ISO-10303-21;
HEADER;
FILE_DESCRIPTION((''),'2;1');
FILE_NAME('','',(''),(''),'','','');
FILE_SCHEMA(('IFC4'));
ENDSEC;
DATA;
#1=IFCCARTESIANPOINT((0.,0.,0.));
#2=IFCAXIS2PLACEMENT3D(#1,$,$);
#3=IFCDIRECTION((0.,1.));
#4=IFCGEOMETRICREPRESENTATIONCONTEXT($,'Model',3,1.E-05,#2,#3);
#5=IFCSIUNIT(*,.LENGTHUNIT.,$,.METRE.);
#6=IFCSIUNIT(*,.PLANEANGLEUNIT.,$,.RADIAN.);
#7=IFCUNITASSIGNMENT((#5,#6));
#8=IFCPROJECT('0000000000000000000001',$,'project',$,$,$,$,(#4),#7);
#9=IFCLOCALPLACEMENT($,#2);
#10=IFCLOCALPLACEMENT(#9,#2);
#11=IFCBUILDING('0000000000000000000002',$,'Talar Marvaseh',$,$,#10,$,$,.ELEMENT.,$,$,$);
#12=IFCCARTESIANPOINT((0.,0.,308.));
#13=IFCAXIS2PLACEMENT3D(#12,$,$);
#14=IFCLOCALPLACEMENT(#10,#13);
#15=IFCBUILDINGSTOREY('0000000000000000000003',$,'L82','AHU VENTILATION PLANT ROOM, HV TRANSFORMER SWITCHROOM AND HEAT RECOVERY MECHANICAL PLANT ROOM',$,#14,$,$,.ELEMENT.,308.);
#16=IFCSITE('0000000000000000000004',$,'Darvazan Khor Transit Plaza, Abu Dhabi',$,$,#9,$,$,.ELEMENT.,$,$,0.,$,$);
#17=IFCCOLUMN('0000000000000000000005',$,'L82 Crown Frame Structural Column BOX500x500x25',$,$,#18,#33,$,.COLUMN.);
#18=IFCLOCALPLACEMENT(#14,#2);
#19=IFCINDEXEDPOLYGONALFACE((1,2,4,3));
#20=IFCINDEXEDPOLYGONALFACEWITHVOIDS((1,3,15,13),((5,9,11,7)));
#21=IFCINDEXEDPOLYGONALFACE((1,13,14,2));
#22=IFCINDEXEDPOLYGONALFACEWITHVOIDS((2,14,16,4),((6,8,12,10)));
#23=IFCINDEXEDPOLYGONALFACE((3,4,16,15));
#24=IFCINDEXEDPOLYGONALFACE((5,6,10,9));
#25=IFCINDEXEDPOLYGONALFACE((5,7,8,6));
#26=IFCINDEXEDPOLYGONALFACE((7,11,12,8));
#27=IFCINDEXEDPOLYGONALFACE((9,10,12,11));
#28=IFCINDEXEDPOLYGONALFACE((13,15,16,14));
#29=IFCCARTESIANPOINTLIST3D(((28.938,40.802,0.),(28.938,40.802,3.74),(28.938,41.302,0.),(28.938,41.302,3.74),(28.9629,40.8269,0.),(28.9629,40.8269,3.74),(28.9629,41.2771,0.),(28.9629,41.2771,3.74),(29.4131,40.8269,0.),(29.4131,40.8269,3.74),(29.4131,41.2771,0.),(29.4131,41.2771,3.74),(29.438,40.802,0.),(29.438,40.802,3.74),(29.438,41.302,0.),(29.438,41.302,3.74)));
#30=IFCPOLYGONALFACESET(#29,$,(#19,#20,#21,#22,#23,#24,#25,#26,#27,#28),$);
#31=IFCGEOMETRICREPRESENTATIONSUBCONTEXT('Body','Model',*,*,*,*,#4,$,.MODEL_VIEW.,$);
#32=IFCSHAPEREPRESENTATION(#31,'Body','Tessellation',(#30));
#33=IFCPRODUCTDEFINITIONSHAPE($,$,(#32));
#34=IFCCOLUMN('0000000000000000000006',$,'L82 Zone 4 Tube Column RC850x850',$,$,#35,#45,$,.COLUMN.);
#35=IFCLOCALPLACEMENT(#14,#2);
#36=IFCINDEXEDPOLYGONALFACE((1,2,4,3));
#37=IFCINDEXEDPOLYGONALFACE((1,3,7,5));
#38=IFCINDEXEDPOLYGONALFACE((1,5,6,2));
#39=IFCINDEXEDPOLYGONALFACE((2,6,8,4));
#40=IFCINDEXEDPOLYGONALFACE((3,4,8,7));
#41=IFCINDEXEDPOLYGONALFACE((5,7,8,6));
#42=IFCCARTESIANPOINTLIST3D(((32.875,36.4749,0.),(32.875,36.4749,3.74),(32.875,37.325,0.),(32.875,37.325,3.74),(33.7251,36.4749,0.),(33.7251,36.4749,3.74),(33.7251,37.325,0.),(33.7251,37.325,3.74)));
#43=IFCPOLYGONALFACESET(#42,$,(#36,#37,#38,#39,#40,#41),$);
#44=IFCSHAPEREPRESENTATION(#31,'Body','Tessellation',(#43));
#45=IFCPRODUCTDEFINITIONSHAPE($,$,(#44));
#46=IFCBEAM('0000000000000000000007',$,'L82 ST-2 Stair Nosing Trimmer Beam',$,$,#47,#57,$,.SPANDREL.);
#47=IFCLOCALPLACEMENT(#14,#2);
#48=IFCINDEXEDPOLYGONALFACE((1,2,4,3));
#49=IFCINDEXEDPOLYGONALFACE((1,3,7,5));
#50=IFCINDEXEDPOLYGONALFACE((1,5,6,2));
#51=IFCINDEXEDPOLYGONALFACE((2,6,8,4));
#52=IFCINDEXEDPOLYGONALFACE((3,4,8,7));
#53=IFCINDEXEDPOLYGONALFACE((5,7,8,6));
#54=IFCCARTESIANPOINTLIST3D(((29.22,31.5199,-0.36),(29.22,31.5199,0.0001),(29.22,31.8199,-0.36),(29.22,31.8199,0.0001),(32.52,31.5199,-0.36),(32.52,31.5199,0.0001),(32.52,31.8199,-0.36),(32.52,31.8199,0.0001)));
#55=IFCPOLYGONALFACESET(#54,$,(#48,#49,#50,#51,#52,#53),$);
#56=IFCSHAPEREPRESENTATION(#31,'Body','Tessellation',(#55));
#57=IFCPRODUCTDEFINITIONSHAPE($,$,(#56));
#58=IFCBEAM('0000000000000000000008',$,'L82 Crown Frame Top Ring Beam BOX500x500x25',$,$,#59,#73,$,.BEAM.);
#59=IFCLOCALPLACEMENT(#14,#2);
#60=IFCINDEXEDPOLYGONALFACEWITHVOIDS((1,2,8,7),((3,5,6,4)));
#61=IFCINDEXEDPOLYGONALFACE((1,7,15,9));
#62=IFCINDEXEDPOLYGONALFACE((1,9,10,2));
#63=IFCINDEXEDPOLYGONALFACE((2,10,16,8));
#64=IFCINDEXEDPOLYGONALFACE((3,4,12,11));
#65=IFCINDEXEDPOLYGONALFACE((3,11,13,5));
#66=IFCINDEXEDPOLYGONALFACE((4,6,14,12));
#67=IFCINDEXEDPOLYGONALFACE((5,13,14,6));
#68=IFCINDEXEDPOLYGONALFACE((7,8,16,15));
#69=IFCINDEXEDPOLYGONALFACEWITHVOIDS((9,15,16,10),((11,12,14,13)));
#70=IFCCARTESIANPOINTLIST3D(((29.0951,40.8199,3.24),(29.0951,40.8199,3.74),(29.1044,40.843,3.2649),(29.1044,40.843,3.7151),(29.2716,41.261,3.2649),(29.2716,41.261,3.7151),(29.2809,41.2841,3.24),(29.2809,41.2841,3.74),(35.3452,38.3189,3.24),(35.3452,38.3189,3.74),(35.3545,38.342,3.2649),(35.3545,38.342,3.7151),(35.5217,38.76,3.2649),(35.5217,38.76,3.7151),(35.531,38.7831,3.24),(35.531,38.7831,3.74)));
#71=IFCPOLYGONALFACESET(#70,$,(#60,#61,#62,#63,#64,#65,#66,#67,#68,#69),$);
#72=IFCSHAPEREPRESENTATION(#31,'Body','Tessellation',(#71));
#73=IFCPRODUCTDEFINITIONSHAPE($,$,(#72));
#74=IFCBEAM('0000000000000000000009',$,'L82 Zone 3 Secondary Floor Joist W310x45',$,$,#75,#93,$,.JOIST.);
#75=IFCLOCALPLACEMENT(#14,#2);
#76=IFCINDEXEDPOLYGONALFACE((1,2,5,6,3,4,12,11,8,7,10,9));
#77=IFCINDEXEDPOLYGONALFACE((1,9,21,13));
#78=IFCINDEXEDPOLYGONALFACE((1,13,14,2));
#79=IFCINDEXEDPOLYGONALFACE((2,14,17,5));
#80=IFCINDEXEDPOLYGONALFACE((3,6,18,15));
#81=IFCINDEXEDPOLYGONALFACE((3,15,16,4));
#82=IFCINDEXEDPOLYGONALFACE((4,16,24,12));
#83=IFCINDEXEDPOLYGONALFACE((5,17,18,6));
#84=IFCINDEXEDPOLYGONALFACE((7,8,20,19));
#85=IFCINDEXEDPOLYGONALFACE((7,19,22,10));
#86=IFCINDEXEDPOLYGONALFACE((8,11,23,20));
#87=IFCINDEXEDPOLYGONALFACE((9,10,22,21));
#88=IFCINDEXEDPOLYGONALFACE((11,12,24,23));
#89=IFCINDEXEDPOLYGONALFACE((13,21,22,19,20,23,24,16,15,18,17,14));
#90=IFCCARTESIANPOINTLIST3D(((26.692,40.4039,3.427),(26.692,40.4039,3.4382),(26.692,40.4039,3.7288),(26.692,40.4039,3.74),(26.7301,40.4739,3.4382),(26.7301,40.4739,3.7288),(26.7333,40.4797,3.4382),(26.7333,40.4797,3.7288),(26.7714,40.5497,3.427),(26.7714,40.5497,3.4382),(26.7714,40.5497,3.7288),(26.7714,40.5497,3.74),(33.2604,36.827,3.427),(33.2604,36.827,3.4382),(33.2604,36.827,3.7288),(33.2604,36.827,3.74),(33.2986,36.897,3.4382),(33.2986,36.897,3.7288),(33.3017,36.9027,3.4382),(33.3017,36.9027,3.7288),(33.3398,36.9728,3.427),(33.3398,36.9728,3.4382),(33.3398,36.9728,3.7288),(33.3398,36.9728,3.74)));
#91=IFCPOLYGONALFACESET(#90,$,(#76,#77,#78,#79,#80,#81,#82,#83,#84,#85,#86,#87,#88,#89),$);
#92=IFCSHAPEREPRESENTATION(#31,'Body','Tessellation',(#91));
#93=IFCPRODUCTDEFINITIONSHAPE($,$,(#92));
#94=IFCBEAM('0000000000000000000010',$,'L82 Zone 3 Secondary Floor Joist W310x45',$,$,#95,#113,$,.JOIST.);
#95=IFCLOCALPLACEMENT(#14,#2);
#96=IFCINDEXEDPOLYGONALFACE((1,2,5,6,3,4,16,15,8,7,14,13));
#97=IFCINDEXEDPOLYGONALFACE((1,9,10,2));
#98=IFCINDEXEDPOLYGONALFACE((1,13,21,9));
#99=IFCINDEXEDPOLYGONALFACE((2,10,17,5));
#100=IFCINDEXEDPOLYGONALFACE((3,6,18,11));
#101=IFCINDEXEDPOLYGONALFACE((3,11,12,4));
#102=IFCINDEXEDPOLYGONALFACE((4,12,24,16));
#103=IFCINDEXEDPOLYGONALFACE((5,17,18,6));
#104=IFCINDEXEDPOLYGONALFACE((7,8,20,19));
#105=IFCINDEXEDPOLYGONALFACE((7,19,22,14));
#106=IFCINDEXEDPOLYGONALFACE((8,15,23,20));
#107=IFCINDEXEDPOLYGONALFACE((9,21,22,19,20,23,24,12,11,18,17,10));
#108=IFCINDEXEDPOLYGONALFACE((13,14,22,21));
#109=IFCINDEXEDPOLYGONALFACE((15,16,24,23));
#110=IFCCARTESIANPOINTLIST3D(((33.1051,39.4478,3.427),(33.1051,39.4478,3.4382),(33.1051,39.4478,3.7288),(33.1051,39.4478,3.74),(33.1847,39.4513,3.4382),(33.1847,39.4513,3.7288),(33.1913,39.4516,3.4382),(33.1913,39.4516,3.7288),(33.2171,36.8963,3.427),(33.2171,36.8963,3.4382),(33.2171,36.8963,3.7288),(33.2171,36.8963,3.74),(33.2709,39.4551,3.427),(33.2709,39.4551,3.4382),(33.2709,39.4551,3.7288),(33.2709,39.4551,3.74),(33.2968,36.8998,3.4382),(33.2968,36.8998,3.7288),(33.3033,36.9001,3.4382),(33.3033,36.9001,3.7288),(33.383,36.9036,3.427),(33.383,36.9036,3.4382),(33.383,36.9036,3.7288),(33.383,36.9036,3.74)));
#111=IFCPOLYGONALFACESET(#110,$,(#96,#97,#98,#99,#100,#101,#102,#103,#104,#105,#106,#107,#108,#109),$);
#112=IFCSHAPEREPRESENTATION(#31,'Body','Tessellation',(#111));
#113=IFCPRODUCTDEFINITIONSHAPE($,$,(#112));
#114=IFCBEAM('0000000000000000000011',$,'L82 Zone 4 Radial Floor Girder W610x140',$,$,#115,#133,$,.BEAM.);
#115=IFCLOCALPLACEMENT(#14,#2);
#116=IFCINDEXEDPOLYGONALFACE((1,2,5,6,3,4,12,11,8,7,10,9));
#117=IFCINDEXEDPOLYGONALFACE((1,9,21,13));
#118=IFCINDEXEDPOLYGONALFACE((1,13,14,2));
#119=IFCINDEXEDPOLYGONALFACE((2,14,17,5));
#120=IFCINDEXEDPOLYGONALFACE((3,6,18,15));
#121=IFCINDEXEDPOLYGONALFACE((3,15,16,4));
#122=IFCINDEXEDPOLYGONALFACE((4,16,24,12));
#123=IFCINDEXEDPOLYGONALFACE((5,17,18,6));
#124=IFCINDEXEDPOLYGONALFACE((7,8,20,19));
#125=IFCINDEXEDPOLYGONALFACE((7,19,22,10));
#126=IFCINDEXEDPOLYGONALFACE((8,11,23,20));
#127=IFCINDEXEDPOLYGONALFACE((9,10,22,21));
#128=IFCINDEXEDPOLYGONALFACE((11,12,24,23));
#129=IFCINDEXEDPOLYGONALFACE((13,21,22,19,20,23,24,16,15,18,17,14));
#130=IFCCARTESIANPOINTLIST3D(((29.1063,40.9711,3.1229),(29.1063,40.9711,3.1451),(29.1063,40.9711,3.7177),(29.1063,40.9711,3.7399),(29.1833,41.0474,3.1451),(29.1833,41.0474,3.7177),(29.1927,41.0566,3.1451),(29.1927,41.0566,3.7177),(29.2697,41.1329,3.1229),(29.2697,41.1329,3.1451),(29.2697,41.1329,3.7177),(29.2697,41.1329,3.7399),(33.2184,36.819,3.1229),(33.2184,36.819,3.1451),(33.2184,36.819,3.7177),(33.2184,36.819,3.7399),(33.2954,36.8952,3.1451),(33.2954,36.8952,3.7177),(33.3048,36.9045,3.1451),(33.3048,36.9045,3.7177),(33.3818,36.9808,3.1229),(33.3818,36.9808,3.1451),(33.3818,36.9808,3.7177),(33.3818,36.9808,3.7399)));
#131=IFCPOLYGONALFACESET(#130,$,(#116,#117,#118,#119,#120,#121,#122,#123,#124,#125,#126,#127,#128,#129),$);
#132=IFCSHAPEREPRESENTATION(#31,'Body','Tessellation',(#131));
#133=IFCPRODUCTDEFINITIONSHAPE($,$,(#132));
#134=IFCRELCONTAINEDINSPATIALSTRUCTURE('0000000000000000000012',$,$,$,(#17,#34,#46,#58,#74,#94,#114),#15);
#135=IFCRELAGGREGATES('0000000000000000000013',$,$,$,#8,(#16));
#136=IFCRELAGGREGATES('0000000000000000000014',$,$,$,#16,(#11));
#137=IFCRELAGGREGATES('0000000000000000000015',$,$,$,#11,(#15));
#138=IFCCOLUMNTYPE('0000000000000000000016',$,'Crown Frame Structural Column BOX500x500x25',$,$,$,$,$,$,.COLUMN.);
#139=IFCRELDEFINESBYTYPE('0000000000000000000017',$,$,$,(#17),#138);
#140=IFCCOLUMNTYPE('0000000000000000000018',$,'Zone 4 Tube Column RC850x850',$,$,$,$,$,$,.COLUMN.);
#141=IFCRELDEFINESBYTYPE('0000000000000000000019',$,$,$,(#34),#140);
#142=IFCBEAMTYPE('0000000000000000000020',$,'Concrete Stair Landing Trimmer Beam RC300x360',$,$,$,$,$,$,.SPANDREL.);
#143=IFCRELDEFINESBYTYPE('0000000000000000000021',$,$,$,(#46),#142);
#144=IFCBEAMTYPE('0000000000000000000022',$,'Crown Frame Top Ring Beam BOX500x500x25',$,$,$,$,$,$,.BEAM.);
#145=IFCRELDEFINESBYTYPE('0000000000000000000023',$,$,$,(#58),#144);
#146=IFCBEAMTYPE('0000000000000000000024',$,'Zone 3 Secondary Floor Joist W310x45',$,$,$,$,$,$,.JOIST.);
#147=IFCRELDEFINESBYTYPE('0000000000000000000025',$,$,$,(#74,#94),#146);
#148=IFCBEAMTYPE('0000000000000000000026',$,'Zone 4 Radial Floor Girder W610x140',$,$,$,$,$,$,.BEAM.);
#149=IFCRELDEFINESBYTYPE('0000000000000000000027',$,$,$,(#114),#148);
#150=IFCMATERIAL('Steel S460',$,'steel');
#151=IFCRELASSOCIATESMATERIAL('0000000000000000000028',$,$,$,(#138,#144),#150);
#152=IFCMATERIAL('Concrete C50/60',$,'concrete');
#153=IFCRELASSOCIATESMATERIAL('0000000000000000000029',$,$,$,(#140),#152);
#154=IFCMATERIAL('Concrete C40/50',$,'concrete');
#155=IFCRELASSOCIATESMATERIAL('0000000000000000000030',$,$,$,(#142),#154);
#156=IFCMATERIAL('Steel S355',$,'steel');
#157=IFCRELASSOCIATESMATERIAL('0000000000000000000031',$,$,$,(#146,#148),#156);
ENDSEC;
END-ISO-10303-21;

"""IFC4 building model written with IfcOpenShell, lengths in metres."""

from ifc_helpers import new_model, si_unit, direction, frame, origin, origin_2d, place, context, subcontext, project, spatial, rectangle, hollow_rectangle, i_section, extrude, material, material_profile, profile_set, type_object, element, save


model = new_model("IFC4")

# Units and contexts
model_context = context("Model", 3, precision=1e-05, world=origin(), true_north=direction((0.0, 1.0)))
body_context = subcontext(model_context, "Body", "Model", "MODEL_VIEW")
ifc_project = project(units=[si_unit("LENGTHUNIT", "METRE"), si_unit("PLANEANGLEUNIT", "RADIAN")], contexts=[model_context])

# Site, building, storey
site_placement = place(None, origin())
site = spatial("IfcSite", under=ifc_project, at=site_placement, Name="Darvazan Khor Transit Plaza, Abu Dhabi", CompositionType="ELEMENT", RefElevation=0.0)
building_placement = place(site_placement, origin())
building = spatial("IfcBuilding", under=site, at=building_placement, Name="Talar Marvaseh", CompositionType="ELEMENT")
storey_placement = place(building_placement, frame((0.0, 0.0, 308.0)))
storey = spatial("IfcBuildingStorey", under=building, at=storey_placement, Name="L82", Description="AHU VENTILATION PLANT ROOM, HV TRANSFORMER SWITCHROOM AND HEAT RECOVERY MECHANICAL PLANT ROOM", CompositionType="ELEMENT", Elevation=308.0)

# Columns
ifc_material_1 = material(Name="Steel S460", Category="steel")
ifc_material_profile_1 = material_profile(ifc_material_1, hollow_rectangle(XDim=0.5, YDim=0.5, WallThickness=0.0249, at=origin_2d()), Name="BOX500x500x25")
ifc_profile_set_1 = profile_set([ifc_material_profile_1], Name="Steel S460")
column_type_1 = type_object("IfcColumnType", Name="Crown Frame Structural Column BOX500x500x25", PredefinedType="COLUMN", material=ifc_profile_set_1)
column_1_placement = place(storey_placement, frame((29.188, 41.052, 0.0), z_axis=(0.0, 0.0, 1.0), x_axis=(1.0, 0.0, 0.0)))
element("IfcColumn", 1, at=column_1_placement, inside=storey, type_object=column_type_1, Name="L82 Crown Frame Structural Column BOX500x500x25", PredefinedType="COLUMN", context=body_context, shape_type="SweptSolid", body=[
    extrude(hollow_rectangle(XDim=0.5, YDim=0.5, WallThickness=0.0249, at=origin_2d()), origin(), (0.0, 0.0, 1.0), 3.74),
])
ifc_material_2 = material(Name="Concrete C50/60", Category="concrete")
ifc_material_profile_2 = material_profile(ifc_material_2, rectangle(XDim=0.8501, YDim=0.8501, at=origin_2d()), Name="RC850x850")
ifc_profile_set_2 = profile_set([ifc_material_profile_2], Name="Concrete C50/60")
column_type_2 = type_object("IfcColumnType", Name="Zone 4 Tube Column RC850x850", PredefinedType="COLUMN", material=ifc_profile_set_2)
column_2_placement = place(storey_placement, frame((33.3, 36.8999, 0.0), z_axis=(0.0, 0.0, 1.0), x_axis=(1.0, 0.0, 0.0)))
element("IfcColumn", 2, at=column_2_placement, inside=storey, type_object=column_type_2, Name="L82 Zone 4 Tube Column RC850x850", PredefinedType="COLUMN", context=body_context, shape_type="SweptSolid", body=[
    extrude(rectangle(XDim=0.8501, YDim=0.8501, at=origin_2d()), origin(), (0.0, 0.0, 1.0), 3.74),
])

# Beams
ifc_material_3 = material(Name="Concrete C40/50", Category="concrete")
ifc_material_profile_3 = material_profile(ifc_material_3, rectangle(XDim=0.3, YDim=0.3601, at=origin_2d()), Name="RC300x360")
ifc_profile_set_3 = profile_set([ifc_material_profile_3], Name="Concrete C40/50")
beam_type_1 = type_object("IfcBeamType", Name="Concrete Stair Landing Trimmer Beam RC300x360", PredefinedType="SPANDREL", material=ifc_profile_set_3)
beam_1_placement = place(storey_placement, frame((29.22, 31.6699, -0.1799), z_axis=(1.0, 0.0, 0.0), x_axis=(0.0, 1.0, 0.0)))
element("IfcBeam", 3, at=beam_1_placement, inside=storey, type_object=beam_type_1, Name="L82 ST-2 Stair Nosing Trimmer Beam", PredefinedType="SPANDREL", context=body_context, shape_type="SweptSolid", body=[
    extrude(rectangle(XDim=0.3, YDim=0.3601, at=origin_2d()), origin(), (0.0, 0.0, 1.0), 3.3),
])
ifc_material_profile_4 = material_profile(ifc_material_1, hollow_rectangle(XDim=0.5, YDim=0.5, WallThickness=0.0249, at=origin_2d()), Name="BOX500x500x25")
ifc_profile_set_4 = profile_set([ifc_material_profile_4], Name="Steel S460")
beam_type_2 = type_object("IfcBeamType", Name="Crown Frame Top Ring Beam BOX500x500x25", PredefinedType="BEAM", material=ifc_profile_set_4)
beam_2_placement = place(storey_placement, frame((29.188, 41.052, 3.49), z_axis=(0.928427, -0.371516, 0.0), x_axis=(0.371516, 0.928427, 0.0)))
element("IfcBeam", 4, at=beam_2_placement, inside=storey, type_object=beam_type_2, Name="L82 Crown Frame Top Ring Beam BOX500x500x25", PredefinedType="BEAM", context=body_context, shape_type="SweptSolid", body=[
    extrude(hollow_rectangle(XDim=0.5, YDim=0.5, WallThickness=0.0249, at=origin_2d()), origin(), (0.0, 0.0, 1.0), 6.7319),
])
ifc_material_4 = material(Name="Steel S355", Category="steel")
ifc_material_profile_5 = material_profile(ifc_material_4, i_section(OverallWidth=0.166, OverallDepth=0.313, WebThickness=0.0066, FlangeThickness=0.0112, at=origin_2d()), Name="W310x45")
ifc_profile_set_5 = profile_set([ifc_material_profile_5], Name="Steel S355")
beam_type_3 = type_object("IfcBeamType", Name="Zone 3 Secondary Floor Joist W310x45", PredefinedType="JOIST", material=ifc_profile_set_5)
beam_3_placement = place(storey_placement, frame((26.7317, 40.4768, 3.5835), z_axis=(0.878223, -0.478251, 0.0), x_axis=(0.478251, 0.878223, 0.0)))
element("IfcBeam", 5, at=beam_3_placement, inside=storey, type_object=beam_type_3, Name="L82 Zone 3 Secondary Floor Joist W310x45", PredefinedType="JOIST", context=body_context, shape_type="SweptSolid", body=[
    extrude(i_section(OverallWidth=0.166, OverallDepth=0.313, WebThickness=0.0066, FlangeThickness=0.0112, at=origin_2d()), origin(), (0.0, 0.0, 1.0), 7.4792),
])
beam_4_placement = place(storey_placement, frame((33.188, 39.4514, 3.5835), z_axis=(0.043877, -0.999037, 0.0), x_axis=(0.999037, 0.043877, 0.0)))
element("IfcBeam", 6, at=beam_4_placement, inside=storey, type_object=beam_type_3, Name="L82 Zone 3 Secondary Floor Joist W310x45", PredefinedType="JOIST", context=body_context, shape_type="SweptSolid", body=[
    extrude(i_section(OverallWidth=0.166, OverallDepth=0.313, WebThickness=0.0066, FlangeThickness=0.0112, at=origin_2d()), origin(), (0.0, 0.0, 1.0), 2.554),
])
ifc_material_profile_6 = material_profile(ifc_material_4, i_section(OverallWidth=0.23, OverallDepth=0.6169, WebThickness=0.0132, FlangeThickness=0.0222, at=origin_2d()), Name="W610x140")
ifc_profile_set_6 = profile_set([ifc_material_profile_6], Name="Steel S355")
beam_type_4 = type_object("IfcBeamType", Name="Zone 4 Radial Floor Girder W610x140", PredefinedType="BEAM", material=ifc_profile_set_6)
beam_5_placement = place(storey_placement, frame((29.188, 41.052, 3.4314), z_axis=(0.703673, -0.710524, 0.0), x_axis=(0.710524, 0.703673, 0.0)))
element("IfcBeam", 7, at=beam_5_placement, inside=storey, type_object=beam_type_4, Name="L82 Zone 4 Radial Floor Girder W610x140", PredefinedType="BEAM", context=body_context, shape_type="SweptSolid", body=[
    extrude(i_section(OverallWidth=0.23, OverallDepth=0.6169, WebThickness=0.0132, FlangeThickness=0.0222, at=origin_2d()), origin(), (0.0, 0.0, 1.0), 5.8438),
])

save(model, "model.ifc")
